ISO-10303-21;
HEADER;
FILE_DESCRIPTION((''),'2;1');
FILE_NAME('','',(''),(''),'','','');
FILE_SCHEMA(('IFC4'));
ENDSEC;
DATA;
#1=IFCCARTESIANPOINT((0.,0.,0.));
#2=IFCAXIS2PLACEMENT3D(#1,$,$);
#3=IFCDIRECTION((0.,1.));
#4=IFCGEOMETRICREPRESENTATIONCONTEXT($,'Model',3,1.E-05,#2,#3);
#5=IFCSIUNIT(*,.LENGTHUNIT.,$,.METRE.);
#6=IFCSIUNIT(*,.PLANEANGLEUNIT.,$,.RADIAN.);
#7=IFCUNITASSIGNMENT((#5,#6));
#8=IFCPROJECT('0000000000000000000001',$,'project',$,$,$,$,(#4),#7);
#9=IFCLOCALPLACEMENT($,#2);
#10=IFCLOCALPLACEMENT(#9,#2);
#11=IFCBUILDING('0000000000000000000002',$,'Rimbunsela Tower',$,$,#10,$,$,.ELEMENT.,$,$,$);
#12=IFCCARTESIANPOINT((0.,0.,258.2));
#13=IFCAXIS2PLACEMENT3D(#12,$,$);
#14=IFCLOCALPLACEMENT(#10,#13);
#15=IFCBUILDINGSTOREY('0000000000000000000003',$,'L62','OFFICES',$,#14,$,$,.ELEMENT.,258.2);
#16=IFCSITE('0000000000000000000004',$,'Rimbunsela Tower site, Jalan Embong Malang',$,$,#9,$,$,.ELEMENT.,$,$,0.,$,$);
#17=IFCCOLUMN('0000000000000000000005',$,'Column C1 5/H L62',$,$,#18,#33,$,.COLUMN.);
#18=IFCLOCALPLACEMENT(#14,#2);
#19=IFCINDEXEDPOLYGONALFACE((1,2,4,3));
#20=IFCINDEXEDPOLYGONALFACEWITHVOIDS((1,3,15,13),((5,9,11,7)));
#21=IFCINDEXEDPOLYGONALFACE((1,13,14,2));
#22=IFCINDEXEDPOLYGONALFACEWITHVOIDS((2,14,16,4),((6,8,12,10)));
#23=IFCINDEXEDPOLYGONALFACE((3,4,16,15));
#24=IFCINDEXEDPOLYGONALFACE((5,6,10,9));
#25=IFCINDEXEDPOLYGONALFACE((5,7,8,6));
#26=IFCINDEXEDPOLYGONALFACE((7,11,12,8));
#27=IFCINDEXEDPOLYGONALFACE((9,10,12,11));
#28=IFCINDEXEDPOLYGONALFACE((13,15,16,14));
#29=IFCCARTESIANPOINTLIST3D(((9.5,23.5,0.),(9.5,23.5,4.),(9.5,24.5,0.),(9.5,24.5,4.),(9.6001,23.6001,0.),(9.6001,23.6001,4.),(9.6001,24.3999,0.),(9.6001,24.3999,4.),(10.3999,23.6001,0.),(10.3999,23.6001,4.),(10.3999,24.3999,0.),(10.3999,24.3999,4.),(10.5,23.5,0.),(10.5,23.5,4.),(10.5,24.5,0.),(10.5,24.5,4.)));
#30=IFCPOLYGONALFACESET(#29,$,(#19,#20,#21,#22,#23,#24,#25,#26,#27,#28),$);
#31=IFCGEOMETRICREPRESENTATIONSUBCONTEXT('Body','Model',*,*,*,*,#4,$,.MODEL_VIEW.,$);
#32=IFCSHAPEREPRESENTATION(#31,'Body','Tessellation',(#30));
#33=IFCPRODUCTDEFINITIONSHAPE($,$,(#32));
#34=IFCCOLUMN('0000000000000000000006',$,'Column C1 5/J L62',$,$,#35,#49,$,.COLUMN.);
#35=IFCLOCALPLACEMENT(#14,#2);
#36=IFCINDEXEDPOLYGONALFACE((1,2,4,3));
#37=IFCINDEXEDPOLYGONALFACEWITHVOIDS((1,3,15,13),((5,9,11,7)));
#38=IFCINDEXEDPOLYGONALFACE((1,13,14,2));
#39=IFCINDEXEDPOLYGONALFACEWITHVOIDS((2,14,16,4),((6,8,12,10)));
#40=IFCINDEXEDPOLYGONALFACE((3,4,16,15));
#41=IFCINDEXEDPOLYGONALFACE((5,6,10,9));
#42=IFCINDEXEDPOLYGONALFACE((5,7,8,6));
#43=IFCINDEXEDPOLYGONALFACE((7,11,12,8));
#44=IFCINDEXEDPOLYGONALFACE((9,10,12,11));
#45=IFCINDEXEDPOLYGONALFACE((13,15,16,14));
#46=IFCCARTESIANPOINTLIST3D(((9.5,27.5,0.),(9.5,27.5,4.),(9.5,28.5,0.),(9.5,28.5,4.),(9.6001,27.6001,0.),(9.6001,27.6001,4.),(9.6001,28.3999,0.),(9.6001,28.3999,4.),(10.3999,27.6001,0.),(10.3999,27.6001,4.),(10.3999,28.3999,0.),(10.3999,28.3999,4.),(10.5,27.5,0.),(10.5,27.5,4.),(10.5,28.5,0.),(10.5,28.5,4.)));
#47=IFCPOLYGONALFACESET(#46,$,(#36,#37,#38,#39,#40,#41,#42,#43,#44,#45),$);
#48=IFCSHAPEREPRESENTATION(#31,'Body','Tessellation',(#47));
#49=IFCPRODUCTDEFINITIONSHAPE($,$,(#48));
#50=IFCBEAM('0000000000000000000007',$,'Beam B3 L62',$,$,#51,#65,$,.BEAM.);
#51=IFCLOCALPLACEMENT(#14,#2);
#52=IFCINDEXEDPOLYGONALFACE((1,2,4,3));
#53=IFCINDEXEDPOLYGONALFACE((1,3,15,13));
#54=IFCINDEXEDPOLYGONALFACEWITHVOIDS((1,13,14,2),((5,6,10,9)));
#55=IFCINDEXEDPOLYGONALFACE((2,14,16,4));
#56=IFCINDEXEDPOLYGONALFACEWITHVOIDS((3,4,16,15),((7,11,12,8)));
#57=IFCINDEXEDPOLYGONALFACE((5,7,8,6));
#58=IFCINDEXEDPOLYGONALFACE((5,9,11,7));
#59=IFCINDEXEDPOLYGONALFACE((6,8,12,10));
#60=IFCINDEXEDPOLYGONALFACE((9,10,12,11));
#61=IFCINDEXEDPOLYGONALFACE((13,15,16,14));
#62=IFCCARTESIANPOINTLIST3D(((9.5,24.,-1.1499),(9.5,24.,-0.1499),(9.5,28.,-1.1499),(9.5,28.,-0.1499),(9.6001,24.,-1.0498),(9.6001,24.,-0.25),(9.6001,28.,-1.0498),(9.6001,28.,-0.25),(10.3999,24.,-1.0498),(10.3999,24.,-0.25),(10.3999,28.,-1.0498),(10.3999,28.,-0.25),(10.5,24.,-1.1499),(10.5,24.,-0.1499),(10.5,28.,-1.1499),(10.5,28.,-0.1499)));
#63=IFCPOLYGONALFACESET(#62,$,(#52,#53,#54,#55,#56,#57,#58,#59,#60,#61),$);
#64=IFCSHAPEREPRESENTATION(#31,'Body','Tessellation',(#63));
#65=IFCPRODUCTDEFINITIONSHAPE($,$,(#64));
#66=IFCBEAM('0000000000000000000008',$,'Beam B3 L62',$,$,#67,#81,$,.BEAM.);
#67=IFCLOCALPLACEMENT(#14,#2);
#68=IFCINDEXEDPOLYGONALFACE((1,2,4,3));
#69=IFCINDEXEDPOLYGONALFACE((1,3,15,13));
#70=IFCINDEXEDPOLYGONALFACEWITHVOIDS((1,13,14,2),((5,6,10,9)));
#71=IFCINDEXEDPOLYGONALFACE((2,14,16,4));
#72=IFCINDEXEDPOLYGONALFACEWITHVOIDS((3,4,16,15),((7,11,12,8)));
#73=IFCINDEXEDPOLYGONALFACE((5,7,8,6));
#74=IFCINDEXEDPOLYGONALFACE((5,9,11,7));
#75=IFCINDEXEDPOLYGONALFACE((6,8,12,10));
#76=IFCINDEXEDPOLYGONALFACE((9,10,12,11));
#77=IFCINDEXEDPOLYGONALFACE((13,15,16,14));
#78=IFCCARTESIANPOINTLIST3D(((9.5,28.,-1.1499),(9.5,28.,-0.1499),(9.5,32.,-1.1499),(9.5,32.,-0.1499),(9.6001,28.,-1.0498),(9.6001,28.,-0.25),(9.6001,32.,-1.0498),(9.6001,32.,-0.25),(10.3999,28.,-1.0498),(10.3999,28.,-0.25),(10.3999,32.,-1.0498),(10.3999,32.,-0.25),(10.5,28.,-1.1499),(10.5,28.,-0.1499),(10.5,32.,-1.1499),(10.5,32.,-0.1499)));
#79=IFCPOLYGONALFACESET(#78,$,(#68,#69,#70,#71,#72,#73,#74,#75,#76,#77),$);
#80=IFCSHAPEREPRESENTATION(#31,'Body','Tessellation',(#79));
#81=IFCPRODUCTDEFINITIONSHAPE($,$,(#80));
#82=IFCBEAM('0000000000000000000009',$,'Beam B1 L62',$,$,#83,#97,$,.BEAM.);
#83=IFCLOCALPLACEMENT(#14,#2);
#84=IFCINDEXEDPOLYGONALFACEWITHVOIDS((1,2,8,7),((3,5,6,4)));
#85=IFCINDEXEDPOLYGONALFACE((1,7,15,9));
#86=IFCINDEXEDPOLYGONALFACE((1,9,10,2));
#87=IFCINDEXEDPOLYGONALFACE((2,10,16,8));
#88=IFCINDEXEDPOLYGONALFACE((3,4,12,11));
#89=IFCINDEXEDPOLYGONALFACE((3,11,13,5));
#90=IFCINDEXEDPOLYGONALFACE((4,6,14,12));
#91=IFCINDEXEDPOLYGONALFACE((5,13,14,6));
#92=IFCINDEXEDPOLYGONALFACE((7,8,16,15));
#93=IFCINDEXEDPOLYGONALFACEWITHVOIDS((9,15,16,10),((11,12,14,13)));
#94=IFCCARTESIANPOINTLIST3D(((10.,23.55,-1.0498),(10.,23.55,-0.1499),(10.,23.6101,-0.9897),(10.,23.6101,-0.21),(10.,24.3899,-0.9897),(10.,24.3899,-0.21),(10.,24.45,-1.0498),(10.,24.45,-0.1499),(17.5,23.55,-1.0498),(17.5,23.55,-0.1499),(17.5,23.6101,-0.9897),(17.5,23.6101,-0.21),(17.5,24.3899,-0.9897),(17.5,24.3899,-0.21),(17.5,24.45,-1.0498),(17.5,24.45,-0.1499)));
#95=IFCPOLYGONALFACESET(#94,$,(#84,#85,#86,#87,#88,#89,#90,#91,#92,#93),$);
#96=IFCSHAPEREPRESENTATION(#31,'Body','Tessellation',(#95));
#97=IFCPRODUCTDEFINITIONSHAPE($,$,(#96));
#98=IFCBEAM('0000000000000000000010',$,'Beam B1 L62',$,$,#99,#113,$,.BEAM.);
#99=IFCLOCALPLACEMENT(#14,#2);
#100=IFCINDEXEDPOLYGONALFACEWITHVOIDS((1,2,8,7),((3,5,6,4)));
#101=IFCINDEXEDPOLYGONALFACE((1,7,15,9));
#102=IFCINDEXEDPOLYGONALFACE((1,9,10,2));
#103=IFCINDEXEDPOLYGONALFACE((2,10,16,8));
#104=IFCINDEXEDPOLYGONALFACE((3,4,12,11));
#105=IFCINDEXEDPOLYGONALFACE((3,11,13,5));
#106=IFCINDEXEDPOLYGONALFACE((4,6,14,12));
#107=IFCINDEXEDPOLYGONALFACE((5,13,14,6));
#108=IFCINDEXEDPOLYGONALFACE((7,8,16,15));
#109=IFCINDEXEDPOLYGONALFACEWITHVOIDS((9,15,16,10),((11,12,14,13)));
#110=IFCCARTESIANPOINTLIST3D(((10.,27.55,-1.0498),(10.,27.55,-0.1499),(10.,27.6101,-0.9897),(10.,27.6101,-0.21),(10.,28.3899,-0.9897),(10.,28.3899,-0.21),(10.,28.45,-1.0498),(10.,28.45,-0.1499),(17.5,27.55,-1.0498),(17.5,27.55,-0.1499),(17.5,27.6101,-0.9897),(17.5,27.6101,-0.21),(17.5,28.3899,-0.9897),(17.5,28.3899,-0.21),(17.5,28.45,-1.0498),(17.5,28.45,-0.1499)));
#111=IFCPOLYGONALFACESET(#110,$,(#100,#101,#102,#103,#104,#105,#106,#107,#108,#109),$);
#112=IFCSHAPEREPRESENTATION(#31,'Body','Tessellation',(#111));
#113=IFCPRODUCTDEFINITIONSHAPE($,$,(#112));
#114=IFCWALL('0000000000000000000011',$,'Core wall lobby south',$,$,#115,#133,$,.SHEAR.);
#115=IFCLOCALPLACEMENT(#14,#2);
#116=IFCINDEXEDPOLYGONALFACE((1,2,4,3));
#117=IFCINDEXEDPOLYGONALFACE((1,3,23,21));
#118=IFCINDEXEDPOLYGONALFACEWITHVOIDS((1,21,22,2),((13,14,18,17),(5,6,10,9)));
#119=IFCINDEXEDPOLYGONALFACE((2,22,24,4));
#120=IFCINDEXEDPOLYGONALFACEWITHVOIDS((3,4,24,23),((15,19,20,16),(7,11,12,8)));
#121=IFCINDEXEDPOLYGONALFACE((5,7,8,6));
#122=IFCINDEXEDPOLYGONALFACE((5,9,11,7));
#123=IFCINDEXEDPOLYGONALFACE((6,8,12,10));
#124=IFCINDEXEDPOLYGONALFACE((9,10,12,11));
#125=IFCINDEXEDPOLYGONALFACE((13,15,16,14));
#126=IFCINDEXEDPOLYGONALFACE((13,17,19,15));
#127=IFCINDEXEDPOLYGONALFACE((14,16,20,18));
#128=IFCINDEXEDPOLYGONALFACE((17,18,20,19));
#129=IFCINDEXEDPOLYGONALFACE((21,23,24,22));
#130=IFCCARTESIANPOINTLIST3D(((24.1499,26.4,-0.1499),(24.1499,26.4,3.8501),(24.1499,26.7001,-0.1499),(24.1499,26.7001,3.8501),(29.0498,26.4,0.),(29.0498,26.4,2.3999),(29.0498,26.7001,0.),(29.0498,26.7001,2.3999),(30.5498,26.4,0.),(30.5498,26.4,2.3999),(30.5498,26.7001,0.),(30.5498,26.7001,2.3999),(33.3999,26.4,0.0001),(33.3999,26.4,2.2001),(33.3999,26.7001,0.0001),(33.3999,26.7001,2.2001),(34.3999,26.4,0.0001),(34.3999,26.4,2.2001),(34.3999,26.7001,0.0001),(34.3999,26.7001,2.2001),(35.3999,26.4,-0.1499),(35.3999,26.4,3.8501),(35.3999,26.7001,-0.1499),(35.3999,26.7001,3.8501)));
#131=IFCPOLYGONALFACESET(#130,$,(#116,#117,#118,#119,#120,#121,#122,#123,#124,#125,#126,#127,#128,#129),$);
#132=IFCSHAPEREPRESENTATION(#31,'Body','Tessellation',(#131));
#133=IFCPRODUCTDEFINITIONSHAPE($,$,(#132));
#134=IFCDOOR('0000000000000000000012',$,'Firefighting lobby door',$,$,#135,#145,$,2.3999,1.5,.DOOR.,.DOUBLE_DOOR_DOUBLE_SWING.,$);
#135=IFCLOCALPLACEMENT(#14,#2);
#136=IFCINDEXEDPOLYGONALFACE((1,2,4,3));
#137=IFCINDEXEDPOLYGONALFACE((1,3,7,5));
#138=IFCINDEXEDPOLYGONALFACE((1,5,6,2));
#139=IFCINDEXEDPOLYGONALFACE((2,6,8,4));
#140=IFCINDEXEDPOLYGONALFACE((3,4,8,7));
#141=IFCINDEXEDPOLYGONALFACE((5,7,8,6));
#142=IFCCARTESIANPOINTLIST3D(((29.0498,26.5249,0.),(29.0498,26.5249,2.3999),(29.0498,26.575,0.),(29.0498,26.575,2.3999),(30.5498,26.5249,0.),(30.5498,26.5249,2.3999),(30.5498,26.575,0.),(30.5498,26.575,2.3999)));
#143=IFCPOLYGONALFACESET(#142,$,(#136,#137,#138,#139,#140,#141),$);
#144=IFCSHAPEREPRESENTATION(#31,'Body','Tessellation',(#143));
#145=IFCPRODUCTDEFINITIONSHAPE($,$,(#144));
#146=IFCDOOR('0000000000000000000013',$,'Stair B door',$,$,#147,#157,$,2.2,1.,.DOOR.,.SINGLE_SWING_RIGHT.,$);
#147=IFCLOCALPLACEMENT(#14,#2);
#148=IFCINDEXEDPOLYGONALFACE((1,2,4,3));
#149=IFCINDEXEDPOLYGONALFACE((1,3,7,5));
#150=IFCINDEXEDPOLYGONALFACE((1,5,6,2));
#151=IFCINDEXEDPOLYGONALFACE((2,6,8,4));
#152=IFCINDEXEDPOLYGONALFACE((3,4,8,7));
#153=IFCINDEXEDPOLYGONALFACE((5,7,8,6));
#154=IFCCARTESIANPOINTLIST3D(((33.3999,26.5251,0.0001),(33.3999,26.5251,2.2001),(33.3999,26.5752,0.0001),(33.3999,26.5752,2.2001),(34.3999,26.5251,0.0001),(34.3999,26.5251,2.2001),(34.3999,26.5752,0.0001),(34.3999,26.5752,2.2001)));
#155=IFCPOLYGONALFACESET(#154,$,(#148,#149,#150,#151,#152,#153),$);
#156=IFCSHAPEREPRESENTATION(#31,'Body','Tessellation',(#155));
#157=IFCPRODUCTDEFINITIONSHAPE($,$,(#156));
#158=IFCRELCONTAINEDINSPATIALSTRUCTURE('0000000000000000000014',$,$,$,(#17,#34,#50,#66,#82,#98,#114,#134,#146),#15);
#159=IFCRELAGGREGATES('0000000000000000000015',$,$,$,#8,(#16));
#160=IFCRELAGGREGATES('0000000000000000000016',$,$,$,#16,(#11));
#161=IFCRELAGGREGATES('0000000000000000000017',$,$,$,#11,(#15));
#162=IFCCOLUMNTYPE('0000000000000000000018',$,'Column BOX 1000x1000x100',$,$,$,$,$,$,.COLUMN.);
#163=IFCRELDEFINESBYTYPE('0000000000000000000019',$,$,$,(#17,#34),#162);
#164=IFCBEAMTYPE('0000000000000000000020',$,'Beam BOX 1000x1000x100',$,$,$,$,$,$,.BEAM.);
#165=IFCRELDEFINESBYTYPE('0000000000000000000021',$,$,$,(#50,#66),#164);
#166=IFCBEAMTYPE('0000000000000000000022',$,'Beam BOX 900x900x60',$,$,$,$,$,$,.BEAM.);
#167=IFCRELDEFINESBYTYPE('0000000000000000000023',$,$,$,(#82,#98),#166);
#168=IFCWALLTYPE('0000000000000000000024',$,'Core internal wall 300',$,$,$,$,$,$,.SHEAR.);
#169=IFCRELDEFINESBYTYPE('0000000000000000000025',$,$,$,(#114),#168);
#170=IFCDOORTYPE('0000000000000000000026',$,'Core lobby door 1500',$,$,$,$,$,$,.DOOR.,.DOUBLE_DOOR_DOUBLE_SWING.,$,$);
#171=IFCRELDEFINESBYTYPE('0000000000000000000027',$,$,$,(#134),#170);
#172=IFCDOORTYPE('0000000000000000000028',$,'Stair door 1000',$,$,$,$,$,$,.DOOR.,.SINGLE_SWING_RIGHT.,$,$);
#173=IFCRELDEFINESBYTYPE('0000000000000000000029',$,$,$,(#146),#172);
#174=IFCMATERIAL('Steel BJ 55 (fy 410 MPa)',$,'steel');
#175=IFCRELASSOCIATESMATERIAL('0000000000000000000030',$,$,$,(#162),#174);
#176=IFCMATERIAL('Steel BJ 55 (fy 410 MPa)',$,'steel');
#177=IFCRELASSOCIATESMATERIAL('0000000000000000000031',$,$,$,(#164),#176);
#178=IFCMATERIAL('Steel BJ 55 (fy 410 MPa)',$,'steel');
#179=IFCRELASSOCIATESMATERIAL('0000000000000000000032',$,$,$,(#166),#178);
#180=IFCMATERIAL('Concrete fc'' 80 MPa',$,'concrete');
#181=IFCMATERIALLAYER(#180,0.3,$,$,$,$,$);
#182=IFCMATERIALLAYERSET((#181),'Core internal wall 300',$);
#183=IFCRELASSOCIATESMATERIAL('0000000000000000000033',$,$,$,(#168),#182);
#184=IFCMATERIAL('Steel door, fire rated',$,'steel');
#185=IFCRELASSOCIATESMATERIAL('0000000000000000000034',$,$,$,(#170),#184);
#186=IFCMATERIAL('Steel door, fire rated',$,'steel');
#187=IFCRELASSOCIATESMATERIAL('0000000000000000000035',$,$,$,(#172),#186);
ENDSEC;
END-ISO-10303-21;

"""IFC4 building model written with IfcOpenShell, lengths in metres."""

from ifc_helpers import new_model, si_unit, direction, frame, frame_2d, origin, origin_2d, place, context, subcontext, project, spatial, rectangle, hollow_rectangle, extrude, material, layer, layer_set, material_profile, profile_set, type_object, element, fill, save


model = new_model("IFC4")

# Units and contexts
model_context = context("Model", 3, precision=1e-05, world=origin(), true_north=direction((0.0, 1.0)))
body_context = subcontext(model_context, "Body", "Model", "MODEL_VIEW")
ifc_project = project(units=[si_unit("LENGTHUNIT", "METRE"), si_unit("PLANEANGLEUNIT", "RADIAN")], contexts=[model_context])

# Site, building, storey
site_placement = place(None, origin())
site = spatial("IfcSite", under=ifc_project, at=site_placement, Name="Rimbunsela Tower site, Jalan Embong Malang", CompositionType="ELEMENT", RefElevation=0.0)
building_placement = place(site_placement, origin())
building = spatial("IfcBuilding", under=site, at=building_placement, Name="Rimbunsela Tower", CompositionType="ELEMENT")
storey_placement = place(building_placement, frame((0.0, 0.0, 258.2)))
storey = spatial("IfcBuildingStorey", under=building, at=storey_placement, Name="L62", Description="OFFICES", CompositionType="ELEMENT", Elevation=258.2)

# Columns
ifc_material_1 = material(Name="Steel BJ 55 (fy 410 MPa)", Category="steel")
ifc_material_profile_1 = material_profile(ifc_material_1, hollow_rectangle(XDim=1.0, YDim=1.0, WallThickness=0.1001, at=origin_2d()), Name="BOX 1000x1000x100")
ifc_profile_set_1 = profile_set([ifc_material_profile_1], Name="Steel BJ 55 (fy 410 MPa)")
column_type = type_object("IfcColumnType", Name="Column BOX 1000x1000x100", PredefinedType="COLUMN", material=ifc_profile_set_1)
for number, where, z_axis, x_axis, name in (
    (1, (10.0, 24.0, 0.0), (0.0, 0.0, 1.0), (1.0, 0.0, 0.0), "Column C1 5/H L62"),
    (2, (10.0, 28.0, 0.0), (0.0, 0.0, 1.0), (1.0, 0.0, 0.0), "Column C1 5/J L62"),
):
    element("IfcColumn", number, at=place(storey_placement, frame(where, z_axis=z_axis, x_axis=x_axis)), inside=storey, type_object=column_type, Name=name, PredefinedType="COLUMN", context=body_context, shape_type="SweptSolid", body=[
        extrude(hollow_rectangle(XDim=1.0, YDim=1.0, WallThickness=0.1001, at=origin_2d()), origin(), (0.0, 0.0, 1.0), 4.0),
    ])

# Beams
ifc_material_2 = material(Name="Steel BJ 55 (fy 410 MPa)", Category="steel")
ifc_material_profile_2 = material_profile(ifc_material_2, hollow_rectangle(XDim=1.0, YDim=1.0, WallThickness=0.1001, at=origin_2d()), Name="BOX 1000x1000x100")
ifc_profile_set_2 = profile_set([ifc_material_profile_2], Name="Steel BJ 55 (fy 410 MPa)")
beam_type_1 = type_object("IfcBeamType", Name="Beam BOX 1000x1000x100", PredefinedType="BEAM", material=ifc_profile_set_2)
for number, where, z_axis, x_axis, name in (
    (3, (10.0, 24.0, -0.6499), (0.0, 1.0, 0.0), (-1.0, 0.0, 0.0), "Beam B3 L62"),
    (4, (10.0, 28.0, -0.6499), (0.0, 1.0, 0.0), (-1.0, 0.0, 0.0), "Beam B3 L62"),
):
    element("IfcBeam", number, at=place(storey_placement, frame(where, z_axis=z_axis, x_axis=x_axis)), inside=storey, type_object=beam_type_1, Name=name, PredefinedType="BEAM", context=body_context, shape_type="SweptSolid", body=[
        extrude(hollow_rectangle(XDim=1.0, YDim=1.0, WallThickness=0.1001, at=origin_2d()), origin(), (0.0, 0.0, 1.0), 4.0),
    ])
ifc_material_3 = material(Name="Steel BJ 55 (fy 410 MPa)", Category="steel")
ifc_material_profile_3 = material_profile(ifc_material_3, hollow_rectangle(XDim=0.8999, YDim=0.8999, WallThickness=0.0601, at=origin_2d()), Name="BOX 900x900x60")
ifc_profile_set_3 = profile_set([ifc_material_profile_3], Name="Steel BJ 55 (fy 410 MPa)")
beam_type_2 = type_object("IfcBeamType", Name="Beam BOX 900x900x60", PredefinedType="BEAM", material=ifc_profile_set_3)
for number, where, z_axis, x_axis, name in (
    (5, (10.0, 24.0, -0.5999), (1.0, 0.0, 0.0), (0.0, 1.0, 0.0), "Beam B1 L62"),
    (6, (10.0, 28.0, -0.5999), (1.0, 0.0, 0.0), (0.0, 1.0, 0.0), "Beam B1 L62"),
):
    element("IfcBeam", number, at=place(storey_placement, frame(where, z_axis=z_axis, x_axis=x_axis)), inside=storey, type_object=beam_type_2, Name=name, PredefinedType="BEAM", context=body_context, shape_type="SweptSolid", body=[
        extrude(hollow_rectangle(XDim=0.8999, YDim=0.8999, WallThickness=0.0601, at=origin_2d()), origin(), (0.0, 0.0, 1.0), 7.5),
    ])

# Wall, openings, doors
ifc_material_4 = material(Name="Concrete fc' 80 MPa", Category="concrete")
ifc_layer_1 = layer(ifc_material_4, 0.3)
ifc_layer_set_1 = layer_set([ifc_layer_1], Name="Core internal wall 300")
wall_type_1 = type_object("IfcWallType", Name="Core internal wall 300", PredefinedType="SHEAR", material=ifc_layer_set_1)
wall_1_placement = place(storey_placement, frame((24.1499, 26.55, -0.1499), z_axis=(0.0, 0.0, 1.0), x_axis=(1.0, 0.0, 0.0)))
wall_1 = element("IfcWall", 7, at=wall_1_placement, inside=storey, type_object=wall_type_1, Name="Core wall lobby south", PredefinedType="SHEAR", context=body_context, shape_type="SweptSolid", body=[
    extrude(rectangle(XDim=11.25, YDim=0.3, at=frame_2d((5.625, 0.0))), origin(), (0.0, 0.0, 1.0), 4.0),
])
opening_1_placement = place(wall_1_placement, frame((9.25, 0.0, 0.1499)))
opening_1 = element("IfcOpeningElement", 8, at=opening_1_placement, cuts=wall_1, PredefinedType="OPENING", context=body_context, shape_type="SweptSolid", body=[
    extrude(rectangle(XDim=1.0, YDim=2.2, at=frame_2d((0.5, 1.1001))), frame((0.0, 0.1599, 0.0), z_axis=(0.0, -1.0, 0.0), x_axis=(1.0, 0.0, 0.0)), (0.0, 0.0, 1.0), 0.3201),
])
opening_2_placement = place(wall_1_placement, frame((4.8999, 0.0, 0.1499)))
opening_2 = element("IfcOpeningElement", 9, at=opening_2_placement, cuts=wall_1, PredefinedType="OPENING", context=body_context, shape_type="SweptSolid", body=[
    extrude(rectangle(XDim=1.5, YDim=2.3999, at=frame_2d((0.75, 1.2))), frame((0.0, 0.1599, 0.0), z_axis=(0.0, -1.0, 0.0), x_axis=(1.0, 0.0, 0.0)), (0.0, 0.0, 1.0), 0.3201),
])
ifc_material_5 = material(Name="Steel door, fire rated", Category="steel")
door_type_1 = type_object("IfcDoorType", Name="Core lobby door 1500", OperationType="DOUBLE_DOOR_DOUBLE_SWING", PredefinedType="DOOR", material=ifc_material_5)
door_1_placement = place(opening_2_placement, origin())
door_1 = element("IfcDoor", 10, at=door_1_placement, inside=storey, type_object=door_type_1, Name="Firefighting lobby door", OperationType="DOUBLE_DOOR_DOUBLE_SWING", OverallHeight=2.3999, OverallWidth=1.5, PredefinedType="DOOR", context=body_context, shape_type="SweptSolid", body=[
    extrude(rectangle(XDim=1.5, YDim=2.3999, at=frame_2d((0.75, 1.2))), frame((0.0, 0.0249, 0.0), z_axis=(0.0, -1.0, 0.0), x_axis=(1.0, 0.0, 0.0)), (0.0, 0.0, 1.0), 0.05),
])
fill(opening_2, door_1)
ifc_material_6 = material(Name="Steel door, fire rated", Category="steel")
door_type_2 = type_object("IfcDoorType", Name="Stair door 1000", OperationType="SINGLE_SWING_RIGHT", PredefinedType="DOOR", material=ifc_material_6)
door_2_placement = place(opening_1_placement, frame((1.0, 0.0, 0.0), z_axis=(0.0, 0.0, 1.0), x_axis=(-1.0, 0.0, 0.0)))
door_2 = element("IfcDoor", 11, at=door_2_placement, inside=storey, type_object=door_type_2, Name="Stair B door", OperationType="SINGLE_SWING_RIGHT", OverallHeight=2.2, OverallWidth=1.0, PredefinedType="DOOR", context=body_context, shape_type="SweptSolid", body=[
    extrude(rectangle(XDim=1.0, YDim=2.2, at=frame_2d((0.5, 1.1001))), frame((0.0, 0.0249, 0.0), z_axis=(0.0, -1.0, 0.0), x_axis=(1.0, 0.0, 0.0)), (0.0, 0.0, 1.0), 0.05),
])
fill(opening_1, door_2)

save(model, "model.ifc")
